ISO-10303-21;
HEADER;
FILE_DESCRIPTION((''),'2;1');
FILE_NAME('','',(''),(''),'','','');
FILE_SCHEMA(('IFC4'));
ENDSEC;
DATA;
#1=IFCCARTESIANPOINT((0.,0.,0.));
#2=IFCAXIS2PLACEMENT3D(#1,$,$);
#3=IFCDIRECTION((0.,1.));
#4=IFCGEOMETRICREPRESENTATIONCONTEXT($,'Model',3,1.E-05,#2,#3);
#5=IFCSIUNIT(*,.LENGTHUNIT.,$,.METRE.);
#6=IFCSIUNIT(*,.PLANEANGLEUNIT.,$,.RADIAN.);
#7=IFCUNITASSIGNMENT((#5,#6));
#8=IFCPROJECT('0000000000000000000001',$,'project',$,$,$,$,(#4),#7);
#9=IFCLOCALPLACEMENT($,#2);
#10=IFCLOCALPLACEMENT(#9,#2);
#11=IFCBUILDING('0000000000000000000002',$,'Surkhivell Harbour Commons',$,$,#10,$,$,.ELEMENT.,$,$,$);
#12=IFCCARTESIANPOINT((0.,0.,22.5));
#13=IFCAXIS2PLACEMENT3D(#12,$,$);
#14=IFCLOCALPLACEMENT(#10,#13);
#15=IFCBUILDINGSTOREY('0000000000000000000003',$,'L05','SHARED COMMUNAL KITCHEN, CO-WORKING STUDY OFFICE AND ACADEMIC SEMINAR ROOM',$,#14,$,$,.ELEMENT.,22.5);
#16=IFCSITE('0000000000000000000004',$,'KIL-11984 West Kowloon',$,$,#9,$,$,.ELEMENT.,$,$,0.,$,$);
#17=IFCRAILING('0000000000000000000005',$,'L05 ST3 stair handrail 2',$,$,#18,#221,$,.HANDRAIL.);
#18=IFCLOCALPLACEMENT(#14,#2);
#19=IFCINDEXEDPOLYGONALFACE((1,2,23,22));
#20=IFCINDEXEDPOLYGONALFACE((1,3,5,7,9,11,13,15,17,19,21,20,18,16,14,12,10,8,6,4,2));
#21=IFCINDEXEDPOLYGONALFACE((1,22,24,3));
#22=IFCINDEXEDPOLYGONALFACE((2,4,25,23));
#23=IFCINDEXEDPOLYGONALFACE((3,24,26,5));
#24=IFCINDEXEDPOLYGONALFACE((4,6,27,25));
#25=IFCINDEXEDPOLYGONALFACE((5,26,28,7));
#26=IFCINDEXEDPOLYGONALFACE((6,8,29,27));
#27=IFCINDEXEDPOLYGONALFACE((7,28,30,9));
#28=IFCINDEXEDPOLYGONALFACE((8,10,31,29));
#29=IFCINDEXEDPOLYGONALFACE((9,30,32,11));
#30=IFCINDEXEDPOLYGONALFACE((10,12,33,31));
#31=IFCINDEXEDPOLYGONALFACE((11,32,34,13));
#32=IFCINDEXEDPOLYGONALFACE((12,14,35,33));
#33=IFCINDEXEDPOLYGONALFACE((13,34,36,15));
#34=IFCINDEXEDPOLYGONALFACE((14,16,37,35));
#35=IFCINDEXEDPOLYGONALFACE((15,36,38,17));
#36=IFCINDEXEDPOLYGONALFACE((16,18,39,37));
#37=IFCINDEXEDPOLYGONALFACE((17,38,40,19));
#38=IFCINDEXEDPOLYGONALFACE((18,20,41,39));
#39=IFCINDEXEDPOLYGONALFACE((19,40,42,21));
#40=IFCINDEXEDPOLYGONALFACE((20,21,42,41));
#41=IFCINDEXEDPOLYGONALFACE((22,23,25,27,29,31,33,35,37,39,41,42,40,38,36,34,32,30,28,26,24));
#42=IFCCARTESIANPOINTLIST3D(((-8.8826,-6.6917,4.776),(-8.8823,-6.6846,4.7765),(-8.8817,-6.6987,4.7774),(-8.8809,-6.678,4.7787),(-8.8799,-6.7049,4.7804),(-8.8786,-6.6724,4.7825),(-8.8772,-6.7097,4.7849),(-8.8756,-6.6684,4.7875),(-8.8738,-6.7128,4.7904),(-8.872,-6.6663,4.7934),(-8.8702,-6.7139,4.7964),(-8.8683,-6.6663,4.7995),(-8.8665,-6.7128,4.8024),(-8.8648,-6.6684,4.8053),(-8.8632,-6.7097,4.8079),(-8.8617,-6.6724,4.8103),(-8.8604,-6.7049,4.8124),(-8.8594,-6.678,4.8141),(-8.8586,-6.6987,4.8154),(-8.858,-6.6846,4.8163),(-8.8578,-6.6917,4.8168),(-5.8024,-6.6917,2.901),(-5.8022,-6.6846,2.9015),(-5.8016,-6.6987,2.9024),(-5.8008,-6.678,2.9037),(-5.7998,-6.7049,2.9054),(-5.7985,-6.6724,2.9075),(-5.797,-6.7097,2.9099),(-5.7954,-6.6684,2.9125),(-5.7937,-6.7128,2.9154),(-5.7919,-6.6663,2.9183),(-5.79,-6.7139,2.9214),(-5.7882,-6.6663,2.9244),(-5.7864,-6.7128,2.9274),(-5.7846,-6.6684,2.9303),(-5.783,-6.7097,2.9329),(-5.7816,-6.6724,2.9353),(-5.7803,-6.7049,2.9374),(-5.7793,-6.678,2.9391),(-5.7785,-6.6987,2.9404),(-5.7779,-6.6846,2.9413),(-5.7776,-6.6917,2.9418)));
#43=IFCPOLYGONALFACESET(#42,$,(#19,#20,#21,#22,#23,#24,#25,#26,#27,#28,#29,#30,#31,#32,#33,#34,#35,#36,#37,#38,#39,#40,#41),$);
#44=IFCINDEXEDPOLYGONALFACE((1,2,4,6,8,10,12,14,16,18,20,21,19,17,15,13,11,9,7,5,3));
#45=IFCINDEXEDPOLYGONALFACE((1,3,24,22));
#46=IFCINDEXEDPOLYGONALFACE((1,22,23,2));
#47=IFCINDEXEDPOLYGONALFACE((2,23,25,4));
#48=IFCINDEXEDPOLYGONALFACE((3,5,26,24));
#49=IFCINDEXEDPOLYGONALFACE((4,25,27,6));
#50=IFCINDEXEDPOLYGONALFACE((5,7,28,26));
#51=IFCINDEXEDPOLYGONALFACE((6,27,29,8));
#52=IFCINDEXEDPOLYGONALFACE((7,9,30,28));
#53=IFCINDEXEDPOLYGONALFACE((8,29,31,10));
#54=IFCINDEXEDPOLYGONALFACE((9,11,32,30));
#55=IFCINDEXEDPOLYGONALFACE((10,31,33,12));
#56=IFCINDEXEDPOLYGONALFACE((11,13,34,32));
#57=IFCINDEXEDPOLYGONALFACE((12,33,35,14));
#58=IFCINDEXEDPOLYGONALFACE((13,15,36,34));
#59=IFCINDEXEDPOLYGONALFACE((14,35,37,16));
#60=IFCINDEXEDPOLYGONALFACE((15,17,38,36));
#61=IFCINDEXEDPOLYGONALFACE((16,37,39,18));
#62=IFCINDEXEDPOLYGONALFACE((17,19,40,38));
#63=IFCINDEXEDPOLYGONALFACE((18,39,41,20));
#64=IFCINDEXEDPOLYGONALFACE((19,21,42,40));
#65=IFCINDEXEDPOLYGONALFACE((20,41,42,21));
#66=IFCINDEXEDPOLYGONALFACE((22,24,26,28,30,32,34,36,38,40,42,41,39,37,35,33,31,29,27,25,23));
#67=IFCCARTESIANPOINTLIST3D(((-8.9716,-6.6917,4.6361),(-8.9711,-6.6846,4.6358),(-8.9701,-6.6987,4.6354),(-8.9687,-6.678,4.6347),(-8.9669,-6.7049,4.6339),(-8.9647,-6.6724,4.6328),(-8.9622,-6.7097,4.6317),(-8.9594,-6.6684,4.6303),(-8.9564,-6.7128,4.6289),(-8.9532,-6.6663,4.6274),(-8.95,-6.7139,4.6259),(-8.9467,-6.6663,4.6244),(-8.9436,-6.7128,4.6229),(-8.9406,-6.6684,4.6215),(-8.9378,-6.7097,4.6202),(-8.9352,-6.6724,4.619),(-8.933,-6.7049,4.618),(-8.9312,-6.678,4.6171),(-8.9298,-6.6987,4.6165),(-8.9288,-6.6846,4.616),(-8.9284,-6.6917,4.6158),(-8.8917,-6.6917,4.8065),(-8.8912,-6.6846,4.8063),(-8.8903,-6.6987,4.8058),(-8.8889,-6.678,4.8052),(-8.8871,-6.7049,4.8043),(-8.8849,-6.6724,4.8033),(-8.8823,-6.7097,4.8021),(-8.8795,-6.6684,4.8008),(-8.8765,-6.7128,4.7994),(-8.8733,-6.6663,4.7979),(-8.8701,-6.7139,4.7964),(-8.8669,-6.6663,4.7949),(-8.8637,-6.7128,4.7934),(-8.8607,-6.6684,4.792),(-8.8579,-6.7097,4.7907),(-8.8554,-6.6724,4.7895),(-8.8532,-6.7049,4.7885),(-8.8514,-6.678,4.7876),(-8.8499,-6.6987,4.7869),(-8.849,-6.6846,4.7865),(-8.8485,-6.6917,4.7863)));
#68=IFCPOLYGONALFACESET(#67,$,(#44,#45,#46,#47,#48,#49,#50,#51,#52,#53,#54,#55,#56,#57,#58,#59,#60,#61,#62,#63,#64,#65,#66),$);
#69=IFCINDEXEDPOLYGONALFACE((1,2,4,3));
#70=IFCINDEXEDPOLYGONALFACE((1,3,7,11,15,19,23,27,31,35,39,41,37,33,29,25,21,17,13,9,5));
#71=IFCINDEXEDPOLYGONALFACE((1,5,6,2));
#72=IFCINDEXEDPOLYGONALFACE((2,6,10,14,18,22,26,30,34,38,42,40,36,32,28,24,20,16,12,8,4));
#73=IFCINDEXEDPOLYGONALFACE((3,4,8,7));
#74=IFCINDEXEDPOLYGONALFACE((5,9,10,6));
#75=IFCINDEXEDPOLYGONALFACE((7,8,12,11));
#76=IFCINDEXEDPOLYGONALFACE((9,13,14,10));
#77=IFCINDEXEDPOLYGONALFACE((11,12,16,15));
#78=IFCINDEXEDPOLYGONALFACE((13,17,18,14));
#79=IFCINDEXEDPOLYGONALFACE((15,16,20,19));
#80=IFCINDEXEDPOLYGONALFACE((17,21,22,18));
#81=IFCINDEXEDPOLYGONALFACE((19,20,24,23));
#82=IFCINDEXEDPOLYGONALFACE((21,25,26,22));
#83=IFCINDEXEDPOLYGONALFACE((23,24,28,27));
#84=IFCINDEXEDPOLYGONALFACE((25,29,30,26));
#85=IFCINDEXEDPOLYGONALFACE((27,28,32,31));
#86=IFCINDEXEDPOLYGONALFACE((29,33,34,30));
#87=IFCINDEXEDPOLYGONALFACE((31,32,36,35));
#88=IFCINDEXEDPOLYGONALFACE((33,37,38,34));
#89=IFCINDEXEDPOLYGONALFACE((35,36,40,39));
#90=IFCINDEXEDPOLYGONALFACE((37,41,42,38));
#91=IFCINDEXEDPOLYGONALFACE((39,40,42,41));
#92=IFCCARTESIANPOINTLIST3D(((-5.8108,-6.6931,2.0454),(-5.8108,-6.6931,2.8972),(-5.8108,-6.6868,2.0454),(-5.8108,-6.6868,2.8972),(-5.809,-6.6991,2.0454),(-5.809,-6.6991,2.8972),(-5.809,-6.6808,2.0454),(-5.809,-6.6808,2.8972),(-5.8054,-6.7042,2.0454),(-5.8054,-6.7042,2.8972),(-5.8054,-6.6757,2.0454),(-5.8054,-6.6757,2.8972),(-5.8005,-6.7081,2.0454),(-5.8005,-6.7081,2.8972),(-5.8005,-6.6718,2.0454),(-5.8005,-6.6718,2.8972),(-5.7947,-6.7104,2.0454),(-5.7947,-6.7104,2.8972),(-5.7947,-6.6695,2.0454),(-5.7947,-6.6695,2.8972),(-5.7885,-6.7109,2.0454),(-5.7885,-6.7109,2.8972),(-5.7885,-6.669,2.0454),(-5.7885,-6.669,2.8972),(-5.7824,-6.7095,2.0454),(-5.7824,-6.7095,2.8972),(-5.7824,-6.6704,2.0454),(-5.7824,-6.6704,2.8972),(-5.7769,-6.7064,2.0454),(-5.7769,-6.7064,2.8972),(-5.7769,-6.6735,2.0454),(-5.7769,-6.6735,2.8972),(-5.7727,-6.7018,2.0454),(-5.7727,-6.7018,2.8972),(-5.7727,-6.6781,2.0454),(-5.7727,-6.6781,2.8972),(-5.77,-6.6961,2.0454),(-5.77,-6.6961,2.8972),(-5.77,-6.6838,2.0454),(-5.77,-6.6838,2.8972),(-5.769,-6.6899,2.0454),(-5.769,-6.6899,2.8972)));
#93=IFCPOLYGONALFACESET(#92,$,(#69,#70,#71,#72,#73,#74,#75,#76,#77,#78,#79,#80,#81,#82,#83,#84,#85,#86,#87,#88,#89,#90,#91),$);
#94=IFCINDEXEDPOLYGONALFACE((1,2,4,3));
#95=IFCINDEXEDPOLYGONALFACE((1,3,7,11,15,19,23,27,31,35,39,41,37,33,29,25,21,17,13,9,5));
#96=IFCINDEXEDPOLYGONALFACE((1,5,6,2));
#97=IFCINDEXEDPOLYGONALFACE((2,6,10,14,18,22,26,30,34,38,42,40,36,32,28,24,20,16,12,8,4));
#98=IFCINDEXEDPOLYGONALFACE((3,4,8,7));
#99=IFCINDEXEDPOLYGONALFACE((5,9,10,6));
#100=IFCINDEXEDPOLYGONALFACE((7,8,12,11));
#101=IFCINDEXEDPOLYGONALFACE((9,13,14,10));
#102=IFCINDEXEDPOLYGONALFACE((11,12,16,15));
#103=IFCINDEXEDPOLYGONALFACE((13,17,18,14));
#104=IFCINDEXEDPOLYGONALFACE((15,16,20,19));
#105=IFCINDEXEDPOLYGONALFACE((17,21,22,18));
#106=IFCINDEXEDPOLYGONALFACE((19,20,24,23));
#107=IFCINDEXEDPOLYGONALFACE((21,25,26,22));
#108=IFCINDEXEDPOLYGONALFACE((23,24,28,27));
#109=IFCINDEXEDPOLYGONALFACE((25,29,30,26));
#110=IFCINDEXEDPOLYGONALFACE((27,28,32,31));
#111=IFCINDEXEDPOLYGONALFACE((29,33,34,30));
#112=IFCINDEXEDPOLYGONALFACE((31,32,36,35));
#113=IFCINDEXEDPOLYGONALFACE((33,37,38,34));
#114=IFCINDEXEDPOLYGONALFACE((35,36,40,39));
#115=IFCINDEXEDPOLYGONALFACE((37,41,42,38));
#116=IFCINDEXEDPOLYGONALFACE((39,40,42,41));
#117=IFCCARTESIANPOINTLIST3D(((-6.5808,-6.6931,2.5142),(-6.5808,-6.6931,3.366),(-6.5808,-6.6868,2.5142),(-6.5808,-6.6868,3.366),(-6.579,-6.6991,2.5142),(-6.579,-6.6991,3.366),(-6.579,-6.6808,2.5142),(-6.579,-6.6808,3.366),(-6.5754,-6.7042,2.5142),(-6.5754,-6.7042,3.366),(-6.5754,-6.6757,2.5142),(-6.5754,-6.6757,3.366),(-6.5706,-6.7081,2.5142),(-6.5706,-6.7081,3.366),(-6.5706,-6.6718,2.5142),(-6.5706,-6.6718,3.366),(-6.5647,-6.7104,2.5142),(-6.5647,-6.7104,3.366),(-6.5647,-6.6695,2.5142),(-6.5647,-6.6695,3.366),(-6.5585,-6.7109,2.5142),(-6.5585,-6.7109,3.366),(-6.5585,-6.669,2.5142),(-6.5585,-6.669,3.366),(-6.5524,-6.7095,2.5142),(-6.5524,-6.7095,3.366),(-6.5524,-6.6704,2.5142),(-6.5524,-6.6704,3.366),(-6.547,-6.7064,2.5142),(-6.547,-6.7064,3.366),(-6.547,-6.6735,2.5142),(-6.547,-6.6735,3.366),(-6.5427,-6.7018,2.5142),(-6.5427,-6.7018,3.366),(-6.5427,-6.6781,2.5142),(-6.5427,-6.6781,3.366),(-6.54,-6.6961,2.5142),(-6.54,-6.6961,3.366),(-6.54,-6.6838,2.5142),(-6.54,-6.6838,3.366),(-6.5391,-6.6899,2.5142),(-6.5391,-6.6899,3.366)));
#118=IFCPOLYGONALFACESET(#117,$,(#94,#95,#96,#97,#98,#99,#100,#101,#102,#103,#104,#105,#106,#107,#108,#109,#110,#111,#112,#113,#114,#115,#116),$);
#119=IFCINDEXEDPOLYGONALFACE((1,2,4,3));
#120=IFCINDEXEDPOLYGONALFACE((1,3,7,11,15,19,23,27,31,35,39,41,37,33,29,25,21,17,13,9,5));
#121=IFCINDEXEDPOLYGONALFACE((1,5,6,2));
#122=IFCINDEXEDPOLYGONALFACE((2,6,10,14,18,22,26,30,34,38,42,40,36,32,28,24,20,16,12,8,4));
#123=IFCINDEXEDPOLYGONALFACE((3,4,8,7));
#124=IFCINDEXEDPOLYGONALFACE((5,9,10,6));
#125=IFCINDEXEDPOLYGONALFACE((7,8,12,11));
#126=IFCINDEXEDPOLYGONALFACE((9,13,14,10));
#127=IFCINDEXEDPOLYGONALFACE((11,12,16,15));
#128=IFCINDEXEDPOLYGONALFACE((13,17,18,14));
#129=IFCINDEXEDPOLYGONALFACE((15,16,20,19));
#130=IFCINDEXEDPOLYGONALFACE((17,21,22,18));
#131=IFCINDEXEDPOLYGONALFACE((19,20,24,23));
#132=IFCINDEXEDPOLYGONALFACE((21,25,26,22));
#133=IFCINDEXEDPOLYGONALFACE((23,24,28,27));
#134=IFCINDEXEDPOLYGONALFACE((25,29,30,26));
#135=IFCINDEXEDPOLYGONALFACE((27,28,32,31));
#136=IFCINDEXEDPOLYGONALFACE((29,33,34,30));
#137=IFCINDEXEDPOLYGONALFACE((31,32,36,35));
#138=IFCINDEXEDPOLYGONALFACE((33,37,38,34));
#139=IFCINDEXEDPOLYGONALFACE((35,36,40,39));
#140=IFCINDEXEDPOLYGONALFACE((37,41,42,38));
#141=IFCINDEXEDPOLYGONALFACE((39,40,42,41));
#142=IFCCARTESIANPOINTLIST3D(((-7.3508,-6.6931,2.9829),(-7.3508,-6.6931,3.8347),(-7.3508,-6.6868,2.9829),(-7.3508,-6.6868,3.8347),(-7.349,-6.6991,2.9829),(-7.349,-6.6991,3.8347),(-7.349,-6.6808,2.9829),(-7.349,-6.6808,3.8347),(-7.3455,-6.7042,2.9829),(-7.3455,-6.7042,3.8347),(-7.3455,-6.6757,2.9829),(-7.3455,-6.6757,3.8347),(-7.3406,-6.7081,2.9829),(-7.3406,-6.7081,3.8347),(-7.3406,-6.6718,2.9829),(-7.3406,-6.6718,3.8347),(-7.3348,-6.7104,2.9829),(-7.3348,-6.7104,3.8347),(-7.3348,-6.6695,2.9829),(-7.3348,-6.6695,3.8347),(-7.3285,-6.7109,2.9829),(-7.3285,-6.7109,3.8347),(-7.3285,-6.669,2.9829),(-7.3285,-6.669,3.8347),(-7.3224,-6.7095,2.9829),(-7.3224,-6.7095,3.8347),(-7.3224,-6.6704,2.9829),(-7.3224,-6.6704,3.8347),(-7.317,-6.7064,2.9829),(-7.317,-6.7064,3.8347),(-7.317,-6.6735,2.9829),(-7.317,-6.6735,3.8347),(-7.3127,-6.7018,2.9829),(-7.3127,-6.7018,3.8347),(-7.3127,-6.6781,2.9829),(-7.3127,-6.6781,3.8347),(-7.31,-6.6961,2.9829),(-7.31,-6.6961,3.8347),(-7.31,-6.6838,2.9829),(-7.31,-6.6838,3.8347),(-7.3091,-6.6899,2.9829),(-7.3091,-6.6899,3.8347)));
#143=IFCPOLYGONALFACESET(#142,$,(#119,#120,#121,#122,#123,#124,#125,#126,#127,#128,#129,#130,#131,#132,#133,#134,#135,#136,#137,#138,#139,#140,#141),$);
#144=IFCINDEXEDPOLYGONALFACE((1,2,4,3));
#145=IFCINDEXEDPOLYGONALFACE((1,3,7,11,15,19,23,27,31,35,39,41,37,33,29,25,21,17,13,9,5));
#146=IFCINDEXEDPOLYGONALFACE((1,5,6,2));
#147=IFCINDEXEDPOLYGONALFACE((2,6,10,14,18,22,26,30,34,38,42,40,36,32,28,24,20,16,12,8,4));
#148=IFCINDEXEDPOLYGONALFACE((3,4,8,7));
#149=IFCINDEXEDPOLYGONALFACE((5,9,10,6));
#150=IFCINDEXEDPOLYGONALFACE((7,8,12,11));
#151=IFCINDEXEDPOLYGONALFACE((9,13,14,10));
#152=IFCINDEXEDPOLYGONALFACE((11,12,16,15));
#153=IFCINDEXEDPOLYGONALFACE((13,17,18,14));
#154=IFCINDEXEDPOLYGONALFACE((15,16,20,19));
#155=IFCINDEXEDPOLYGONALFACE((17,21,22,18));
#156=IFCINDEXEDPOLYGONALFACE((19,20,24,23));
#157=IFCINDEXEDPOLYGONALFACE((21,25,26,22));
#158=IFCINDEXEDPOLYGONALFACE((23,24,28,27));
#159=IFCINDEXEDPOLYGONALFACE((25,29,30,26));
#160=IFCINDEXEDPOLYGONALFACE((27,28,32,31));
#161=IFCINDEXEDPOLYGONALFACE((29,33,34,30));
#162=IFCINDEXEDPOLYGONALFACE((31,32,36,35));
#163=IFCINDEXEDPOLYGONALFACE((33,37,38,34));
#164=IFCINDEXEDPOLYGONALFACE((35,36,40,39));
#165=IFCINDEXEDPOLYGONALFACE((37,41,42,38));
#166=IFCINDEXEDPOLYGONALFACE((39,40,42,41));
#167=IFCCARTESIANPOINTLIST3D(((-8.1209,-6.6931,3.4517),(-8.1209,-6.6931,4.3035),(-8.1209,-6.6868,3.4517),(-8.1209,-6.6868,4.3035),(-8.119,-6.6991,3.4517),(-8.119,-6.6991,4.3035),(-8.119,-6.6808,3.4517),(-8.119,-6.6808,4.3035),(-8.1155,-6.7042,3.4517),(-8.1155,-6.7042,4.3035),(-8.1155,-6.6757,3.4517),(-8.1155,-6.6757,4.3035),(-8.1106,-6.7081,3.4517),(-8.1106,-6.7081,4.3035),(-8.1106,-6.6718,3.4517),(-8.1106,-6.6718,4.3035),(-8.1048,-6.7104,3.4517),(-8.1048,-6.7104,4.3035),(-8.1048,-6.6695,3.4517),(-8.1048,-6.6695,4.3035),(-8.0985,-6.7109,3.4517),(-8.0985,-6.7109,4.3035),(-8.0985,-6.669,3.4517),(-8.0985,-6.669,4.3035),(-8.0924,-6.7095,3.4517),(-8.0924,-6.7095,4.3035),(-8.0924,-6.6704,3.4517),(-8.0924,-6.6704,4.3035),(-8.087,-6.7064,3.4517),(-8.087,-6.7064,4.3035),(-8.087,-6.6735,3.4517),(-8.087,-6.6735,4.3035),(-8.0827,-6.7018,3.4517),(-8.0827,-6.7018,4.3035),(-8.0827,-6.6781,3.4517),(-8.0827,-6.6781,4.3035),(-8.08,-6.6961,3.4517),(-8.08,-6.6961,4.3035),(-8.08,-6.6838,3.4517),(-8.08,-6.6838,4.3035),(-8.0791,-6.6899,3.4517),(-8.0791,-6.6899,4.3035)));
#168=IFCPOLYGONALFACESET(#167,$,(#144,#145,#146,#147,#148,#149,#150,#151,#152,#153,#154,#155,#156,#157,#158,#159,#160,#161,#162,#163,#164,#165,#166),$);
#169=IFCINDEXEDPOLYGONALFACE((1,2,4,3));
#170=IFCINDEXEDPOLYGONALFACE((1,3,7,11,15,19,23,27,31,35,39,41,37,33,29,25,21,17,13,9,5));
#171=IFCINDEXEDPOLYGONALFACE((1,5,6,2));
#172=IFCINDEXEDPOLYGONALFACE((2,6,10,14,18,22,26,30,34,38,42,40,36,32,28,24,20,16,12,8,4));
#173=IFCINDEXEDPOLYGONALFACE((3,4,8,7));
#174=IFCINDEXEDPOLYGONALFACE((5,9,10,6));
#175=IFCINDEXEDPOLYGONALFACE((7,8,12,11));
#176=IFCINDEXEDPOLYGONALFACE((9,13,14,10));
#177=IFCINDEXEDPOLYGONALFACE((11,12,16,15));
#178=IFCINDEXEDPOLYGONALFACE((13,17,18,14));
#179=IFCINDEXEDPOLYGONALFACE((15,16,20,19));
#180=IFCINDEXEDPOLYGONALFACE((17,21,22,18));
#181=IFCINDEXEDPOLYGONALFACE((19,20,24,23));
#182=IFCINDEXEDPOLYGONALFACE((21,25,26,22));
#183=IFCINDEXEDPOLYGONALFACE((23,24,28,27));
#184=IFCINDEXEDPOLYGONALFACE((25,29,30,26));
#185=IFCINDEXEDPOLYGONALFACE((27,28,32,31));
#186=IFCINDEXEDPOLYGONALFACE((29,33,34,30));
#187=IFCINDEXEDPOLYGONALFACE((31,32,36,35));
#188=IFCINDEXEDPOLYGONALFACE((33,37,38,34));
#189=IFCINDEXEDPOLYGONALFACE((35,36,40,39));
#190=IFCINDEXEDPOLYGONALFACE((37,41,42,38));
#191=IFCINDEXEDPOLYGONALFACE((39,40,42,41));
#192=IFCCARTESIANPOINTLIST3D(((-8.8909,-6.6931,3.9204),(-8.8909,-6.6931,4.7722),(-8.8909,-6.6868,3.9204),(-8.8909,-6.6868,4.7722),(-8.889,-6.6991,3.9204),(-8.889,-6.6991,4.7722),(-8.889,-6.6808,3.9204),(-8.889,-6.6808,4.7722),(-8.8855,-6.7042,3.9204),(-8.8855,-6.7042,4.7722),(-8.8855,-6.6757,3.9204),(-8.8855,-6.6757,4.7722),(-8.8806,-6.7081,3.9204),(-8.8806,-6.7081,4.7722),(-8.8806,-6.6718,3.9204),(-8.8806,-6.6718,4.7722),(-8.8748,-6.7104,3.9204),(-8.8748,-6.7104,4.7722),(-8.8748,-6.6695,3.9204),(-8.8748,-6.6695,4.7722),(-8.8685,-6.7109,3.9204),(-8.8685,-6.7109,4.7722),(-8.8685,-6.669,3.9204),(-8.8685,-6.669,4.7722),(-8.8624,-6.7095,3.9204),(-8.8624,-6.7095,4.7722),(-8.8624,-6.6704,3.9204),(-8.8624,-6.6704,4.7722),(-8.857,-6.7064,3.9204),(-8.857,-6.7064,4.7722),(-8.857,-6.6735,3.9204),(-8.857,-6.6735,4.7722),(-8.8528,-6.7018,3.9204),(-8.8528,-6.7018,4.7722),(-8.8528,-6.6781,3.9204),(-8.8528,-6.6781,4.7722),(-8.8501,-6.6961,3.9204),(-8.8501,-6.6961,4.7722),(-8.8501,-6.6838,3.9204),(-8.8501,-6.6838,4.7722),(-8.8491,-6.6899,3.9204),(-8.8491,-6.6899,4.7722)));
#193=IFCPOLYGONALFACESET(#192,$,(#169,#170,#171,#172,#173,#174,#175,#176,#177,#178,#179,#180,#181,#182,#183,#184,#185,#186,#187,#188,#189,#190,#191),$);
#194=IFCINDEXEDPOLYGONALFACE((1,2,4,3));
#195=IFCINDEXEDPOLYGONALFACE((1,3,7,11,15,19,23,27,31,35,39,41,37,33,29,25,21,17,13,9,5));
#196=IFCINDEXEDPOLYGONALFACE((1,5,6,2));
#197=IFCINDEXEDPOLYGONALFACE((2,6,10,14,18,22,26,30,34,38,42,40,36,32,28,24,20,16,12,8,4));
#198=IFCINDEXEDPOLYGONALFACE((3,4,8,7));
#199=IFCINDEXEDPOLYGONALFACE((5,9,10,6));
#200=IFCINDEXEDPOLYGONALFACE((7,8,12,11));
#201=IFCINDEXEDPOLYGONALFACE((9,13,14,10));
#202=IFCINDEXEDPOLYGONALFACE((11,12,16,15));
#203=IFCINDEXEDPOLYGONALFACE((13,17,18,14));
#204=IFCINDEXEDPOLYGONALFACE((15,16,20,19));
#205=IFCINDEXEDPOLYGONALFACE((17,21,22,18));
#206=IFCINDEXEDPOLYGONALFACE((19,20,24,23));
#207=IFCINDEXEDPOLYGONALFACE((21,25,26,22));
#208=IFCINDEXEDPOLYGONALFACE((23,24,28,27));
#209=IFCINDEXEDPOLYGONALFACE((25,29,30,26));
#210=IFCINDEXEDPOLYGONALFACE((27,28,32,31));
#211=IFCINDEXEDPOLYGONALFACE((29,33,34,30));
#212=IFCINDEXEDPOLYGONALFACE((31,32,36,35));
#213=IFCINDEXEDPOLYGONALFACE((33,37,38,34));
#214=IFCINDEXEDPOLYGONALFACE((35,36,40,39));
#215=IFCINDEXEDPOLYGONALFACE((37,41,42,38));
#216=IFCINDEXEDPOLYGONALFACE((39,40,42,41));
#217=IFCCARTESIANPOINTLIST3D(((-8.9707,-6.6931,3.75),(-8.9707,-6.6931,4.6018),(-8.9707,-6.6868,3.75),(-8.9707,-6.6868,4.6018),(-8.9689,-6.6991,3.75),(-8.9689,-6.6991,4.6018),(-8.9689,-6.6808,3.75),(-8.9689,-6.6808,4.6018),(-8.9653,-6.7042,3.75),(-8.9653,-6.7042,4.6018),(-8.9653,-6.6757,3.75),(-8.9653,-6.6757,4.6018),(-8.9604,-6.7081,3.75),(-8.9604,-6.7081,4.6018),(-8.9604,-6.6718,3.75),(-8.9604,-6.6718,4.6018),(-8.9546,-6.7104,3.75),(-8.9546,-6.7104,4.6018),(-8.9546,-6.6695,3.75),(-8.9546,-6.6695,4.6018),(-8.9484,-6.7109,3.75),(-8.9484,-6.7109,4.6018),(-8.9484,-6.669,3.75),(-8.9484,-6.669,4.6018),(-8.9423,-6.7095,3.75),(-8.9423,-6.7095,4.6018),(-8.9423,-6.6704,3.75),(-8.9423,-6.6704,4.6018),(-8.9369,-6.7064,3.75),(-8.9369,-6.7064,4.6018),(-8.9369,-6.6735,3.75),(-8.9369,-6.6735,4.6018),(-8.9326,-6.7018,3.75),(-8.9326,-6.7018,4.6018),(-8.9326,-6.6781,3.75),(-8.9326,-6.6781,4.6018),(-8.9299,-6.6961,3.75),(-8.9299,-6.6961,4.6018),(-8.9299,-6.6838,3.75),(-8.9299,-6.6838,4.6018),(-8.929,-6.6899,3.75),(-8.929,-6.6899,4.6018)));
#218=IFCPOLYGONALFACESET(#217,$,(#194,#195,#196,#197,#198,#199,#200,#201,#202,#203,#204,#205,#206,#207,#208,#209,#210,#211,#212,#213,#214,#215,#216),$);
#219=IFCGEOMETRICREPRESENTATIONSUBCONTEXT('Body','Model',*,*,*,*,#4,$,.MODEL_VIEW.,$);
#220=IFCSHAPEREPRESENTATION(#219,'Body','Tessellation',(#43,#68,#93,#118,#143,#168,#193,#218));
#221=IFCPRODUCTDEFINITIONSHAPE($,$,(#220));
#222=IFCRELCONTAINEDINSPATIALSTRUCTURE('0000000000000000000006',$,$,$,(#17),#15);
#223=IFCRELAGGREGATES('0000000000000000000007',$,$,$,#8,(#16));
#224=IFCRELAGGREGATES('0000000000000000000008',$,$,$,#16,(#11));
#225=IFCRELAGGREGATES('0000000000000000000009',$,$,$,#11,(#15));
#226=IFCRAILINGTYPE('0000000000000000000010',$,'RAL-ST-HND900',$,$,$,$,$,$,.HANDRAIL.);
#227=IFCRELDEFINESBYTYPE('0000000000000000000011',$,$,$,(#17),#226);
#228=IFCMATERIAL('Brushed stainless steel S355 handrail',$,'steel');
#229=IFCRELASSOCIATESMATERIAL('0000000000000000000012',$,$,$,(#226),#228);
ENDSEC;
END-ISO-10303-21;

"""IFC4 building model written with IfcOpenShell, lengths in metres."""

from ifc_helpers import new_model, si_unit, direction, frame, origin, origin_2d, place, context, subcontext, project, spatial, circle, extrude, material, type_object, element, save


model = new_model("IFC4")

# Units and contexts
model_context = context("Model", 3, precision=1e-05, world=origin(), true_north=direction((0.0, 1.0)))
body_context = subcontext(model_context, "Body", "Model", "MODEL_VIEW")
ifc_project = project(units=[si_unit("LENGTHUNIT", "METRE"), si_unit("PLANEANGLEUNIT", "RADIAN")], contexts=[model_context])

# Site, building, storey
site_placement = place(None, origin())
site = spatial("IfcSite", under=ifc_project, at=site_placement, Name="KIL-11984 West Kowloon", CompositionType="ELEMENT", RefElevation=0.0)
building_placement = place(site_placement, origin())
building = spatial("IfcBuilding", under=site, at=building_placement, Name="Surkhivell Harbour Commons", CompositionType="ELEMENT")
storey_placement = place(building_placement, frame((0.0, 0.0, 22.5)))
storey = spatial("IfcBuildingStorey", under=building, at=storey_placement, Name="L05", Description="SHARED COMMUNAL KITCHEN, CO-WORKING STUDY OFFICE AND ACADEMIC SEMINAR ROOM", CompositionType="ELEMENT", Elevation=22.5)

# Railing
ifc_material_1 = material(Name="Brushed stainless steel S355 handrail", Category="steel")
railing_type_1 = type_object("IfcRailingType", Name="RAL-ST-HND900", PredefinedType="HANDRAIL", material=ifc_material_1)
railing_1_placement = place(storey_placement, frame((-5.79, -6.6899, 2.0454)))
element("IfcRailing", 1, at=railing_1_placement, inside=storey, type_object=railing_type_1, Name="L05 ST3 stair handrail 2", PredefinedType="HANDRAIL", context=body_context, shape_type="SweptSolid", body=[
    extrude(circle(Radius=0.0239, at=origin_2d()), frame((0.0, 0.0, 0.876), z_axis=(-0.854178, 0.0, 0.519981), x_axis=(0.0, -1.0, 0.0)), (0.0, 0.0, 1.0), 3.606),
    extrude(circle(Radius=0.0239, at=origin_2d()), frame((-3.0801, 0.0, 2.751), z_axis=(-0.424234, 0.0, -0.905552), x_axis=(0.0, -1.0, 0.0)), (0.0, 0.0, 1.0), 0.1882),
    extrude(circle(Radius=0.021, at=origin_2d()), origin(), (0.0, 0.0, 1.0), 0.8518),
    extrude(circle(Radius=0.021, at=origin_2d()), frame((-0.77, 0.0, 0.4688)), (0.0, 0.0, 1.0), 0.8518),
    extrude(circle(Radius=0.021, at=origin_2d()), frame((-1.54, 0.0, 0.9375)), (0.0, 0.0, 1.0), 0.8518),
    extrude(circle(Radius=0.021, at=origin_2d()), frame((-2.3101, 0.0, 1.4062)), (0.0, 0.0, 1.0), 0.8518),
    extrude(circle(Radius=0.021, at=origin_2d()), frame((-3.0801, 0.0, 1.875)), (0.0, 0.0, 1.0), 0.8518),
    extrude(circle(Radius=0.021, at=origin_2d()), frame((-3.1599, 0.0, 1.7046)), (0.0, 0.0, 1.0), 0.8518),
])

save(model, "model.ifc")
